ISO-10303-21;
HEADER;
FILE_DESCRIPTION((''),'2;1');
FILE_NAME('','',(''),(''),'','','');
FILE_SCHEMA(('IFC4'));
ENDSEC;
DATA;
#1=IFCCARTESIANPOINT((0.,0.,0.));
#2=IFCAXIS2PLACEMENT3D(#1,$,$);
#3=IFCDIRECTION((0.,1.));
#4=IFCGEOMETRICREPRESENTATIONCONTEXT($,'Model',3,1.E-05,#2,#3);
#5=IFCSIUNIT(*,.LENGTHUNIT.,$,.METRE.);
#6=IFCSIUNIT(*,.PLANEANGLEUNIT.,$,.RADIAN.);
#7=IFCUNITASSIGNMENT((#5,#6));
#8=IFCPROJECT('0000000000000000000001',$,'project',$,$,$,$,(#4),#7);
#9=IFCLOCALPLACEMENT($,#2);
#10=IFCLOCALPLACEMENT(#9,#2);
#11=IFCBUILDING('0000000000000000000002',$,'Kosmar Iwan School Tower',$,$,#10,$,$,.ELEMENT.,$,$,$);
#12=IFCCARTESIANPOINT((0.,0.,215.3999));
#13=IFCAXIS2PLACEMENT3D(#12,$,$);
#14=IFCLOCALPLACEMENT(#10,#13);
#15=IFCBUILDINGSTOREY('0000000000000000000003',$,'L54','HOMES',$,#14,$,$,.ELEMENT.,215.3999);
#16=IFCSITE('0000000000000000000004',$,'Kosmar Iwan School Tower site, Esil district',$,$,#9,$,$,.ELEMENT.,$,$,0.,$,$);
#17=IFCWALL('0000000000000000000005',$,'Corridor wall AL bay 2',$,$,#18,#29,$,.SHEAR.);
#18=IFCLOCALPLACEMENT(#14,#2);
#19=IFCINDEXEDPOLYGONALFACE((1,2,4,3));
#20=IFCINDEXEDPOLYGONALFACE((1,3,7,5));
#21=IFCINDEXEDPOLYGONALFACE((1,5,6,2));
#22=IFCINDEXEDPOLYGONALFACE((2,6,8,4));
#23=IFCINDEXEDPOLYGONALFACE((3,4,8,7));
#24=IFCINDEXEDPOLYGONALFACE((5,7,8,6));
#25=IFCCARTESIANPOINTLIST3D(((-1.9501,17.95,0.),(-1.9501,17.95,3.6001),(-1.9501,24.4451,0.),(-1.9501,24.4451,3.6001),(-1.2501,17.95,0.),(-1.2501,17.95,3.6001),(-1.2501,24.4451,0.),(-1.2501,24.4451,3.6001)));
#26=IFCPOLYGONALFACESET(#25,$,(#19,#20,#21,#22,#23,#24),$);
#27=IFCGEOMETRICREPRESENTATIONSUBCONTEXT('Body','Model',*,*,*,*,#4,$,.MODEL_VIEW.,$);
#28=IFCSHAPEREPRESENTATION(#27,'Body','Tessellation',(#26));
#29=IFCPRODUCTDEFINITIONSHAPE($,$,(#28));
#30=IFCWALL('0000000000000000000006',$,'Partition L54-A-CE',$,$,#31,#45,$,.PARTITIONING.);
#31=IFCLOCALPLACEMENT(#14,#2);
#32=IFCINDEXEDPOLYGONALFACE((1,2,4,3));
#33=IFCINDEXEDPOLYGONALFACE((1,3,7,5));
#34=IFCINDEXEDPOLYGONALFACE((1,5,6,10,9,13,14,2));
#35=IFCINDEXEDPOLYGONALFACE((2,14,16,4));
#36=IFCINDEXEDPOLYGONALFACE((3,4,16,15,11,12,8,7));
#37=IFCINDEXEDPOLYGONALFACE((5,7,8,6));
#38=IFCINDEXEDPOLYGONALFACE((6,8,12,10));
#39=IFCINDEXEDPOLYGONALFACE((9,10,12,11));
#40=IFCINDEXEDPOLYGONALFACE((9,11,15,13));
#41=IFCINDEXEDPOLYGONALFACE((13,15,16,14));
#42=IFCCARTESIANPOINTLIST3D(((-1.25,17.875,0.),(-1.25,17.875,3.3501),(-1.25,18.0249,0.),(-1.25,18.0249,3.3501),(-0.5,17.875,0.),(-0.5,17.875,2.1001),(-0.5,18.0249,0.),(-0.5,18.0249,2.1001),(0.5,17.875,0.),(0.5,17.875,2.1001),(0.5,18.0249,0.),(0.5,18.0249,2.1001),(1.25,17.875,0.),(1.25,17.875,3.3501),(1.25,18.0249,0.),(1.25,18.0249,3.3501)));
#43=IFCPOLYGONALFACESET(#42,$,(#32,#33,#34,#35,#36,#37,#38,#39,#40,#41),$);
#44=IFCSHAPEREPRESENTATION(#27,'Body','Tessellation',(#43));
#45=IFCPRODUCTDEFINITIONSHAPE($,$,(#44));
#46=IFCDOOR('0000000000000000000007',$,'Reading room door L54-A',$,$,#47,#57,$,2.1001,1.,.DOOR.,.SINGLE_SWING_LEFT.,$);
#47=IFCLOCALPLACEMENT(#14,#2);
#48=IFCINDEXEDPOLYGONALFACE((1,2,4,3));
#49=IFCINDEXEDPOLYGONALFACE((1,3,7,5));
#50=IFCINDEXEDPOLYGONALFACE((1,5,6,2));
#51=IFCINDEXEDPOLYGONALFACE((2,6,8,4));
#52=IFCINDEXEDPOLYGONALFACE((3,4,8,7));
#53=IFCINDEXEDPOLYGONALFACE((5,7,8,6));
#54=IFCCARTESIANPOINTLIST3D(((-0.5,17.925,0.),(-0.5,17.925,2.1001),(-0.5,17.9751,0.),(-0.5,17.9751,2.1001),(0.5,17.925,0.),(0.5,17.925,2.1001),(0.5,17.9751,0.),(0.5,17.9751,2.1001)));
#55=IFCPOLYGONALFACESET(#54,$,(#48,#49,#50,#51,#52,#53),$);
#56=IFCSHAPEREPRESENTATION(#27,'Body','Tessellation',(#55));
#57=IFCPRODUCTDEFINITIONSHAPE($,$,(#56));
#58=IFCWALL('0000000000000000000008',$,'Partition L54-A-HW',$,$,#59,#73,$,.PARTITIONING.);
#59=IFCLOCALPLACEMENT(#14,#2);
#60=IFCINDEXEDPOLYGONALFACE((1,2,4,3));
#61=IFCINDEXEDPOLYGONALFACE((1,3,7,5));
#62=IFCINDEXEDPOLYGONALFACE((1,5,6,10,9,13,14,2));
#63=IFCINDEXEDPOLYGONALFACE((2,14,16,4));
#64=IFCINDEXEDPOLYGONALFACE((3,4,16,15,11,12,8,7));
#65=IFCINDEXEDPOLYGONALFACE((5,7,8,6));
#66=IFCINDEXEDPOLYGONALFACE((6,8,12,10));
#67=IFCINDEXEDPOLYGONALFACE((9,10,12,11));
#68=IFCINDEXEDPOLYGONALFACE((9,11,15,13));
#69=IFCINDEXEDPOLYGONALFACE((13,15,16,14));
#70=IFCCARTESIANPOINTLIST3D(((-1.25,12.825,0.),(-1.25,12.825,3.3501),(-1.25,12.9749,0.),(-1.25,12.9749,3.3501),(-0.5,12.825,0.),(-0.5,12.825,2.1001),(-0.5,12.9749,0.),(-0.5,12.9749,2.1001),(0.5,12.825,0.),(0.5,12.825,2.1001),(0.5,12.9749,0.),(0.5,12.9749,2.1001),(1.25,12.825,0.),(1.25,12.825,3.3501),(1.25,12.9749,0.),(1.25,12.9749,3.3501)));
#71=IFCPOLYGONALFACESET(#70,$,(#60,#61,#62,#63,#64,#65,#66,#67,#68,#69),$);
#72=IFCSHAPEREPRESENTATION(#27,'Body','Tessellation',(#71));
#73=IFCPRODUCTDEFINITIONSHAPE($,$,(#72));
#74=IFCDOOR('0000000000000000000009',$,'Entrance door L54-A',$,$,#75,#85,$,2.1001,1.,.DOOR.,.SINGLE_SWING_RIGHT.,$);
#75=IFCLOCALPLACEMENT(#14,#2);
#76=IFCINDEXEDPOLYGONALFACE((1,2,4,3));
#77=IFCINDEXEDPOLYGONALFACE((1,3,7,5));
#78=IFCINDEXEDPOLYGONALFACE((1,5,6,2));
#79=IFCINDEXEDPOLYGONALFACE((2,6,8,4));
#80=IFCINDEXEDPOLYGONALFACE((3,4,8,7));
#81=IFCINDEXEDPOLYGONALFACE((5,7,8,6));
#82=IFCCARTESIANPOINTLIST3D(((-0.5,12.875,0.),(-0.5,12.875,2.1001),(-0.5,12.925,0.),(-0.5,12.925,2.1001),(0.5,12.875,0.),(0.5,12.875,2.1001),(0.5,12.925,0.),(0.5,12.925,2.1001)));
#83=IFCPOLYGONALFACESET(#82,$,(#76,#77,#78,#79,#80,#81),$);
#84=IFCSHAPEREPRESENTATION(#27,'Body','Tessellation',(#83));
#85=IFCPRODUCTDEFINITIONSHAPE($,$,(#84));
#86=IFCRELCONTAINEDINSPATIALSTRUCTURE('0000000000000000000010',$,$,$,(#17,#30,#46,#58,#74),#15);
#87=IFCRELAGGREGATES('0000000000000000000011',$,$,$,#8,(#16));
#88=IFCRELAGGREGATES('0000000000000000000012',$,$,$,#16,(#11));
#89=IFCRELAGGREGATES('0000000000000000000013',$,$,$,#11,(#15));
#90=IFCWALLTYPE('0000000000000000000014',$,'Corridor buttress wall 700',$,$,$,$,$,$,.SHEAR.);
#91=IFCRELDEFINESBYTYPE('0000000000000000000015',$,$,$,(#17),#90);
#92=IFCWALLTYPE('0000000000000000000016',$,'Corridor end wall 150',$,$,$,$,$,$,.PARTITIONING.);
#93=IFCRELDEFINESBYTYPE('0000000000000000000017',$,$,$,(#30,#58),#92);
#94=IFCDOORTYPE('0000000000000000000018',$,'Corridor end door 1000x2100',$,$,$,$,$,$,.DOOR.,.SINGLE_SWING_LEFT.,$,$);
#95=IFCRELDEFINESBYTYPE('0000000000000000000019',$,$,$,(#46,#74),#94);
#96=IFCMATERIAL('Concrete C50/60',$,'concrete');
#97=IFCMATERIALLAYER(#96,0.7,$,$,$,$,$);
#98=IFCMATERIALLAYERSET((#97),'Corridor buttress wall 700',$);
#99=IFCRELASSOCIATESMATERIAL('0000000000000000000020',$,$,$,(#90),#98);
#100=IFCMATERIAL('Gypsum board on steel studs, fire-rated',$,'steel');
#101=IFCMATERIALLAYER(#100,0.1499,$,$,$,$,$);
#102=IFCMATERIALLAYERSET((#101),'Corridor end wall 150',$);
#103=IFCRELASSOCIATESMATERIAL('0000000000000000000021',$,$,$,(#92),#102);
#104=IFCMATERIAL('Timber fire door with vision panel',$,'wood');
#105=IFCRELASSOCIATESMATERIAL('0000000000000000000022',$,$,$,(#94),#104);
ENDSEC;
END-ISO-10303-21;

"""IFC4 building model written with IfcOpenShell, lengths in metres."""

from ifc_helpers import new_model, si_unit, direction, frame, frame_2d, origin, place, context, subcontext, project, spatial, rectangle, extrude, material, layer, layer_set, type_object, element, fill, save


model = new_model("IFC4")

# Units and contexts
model_context = context("Model", 3, precision=1e-05, world=origin(), true_north=direction((0.0, 1.0)))
body_context = subcontext(model_context, "Body", "Model", "MODEL_VIEW")
ifc_project = project(units=[si_unit("LENGTHUNIT", "METRE"), si_unit("PLANEANGLEUNIT", "RADIAN")], contexts=[model_context])

# Site, building, storey
site_placement = place(None, origin())
site = spatial("IfcSite", under=ifc_project, at=site_placement, Name="Kosmar Iwan School Tower site, Esil district", CompositionType="ELEMENT", RefElevation=0.0)
building_placement = place(site_placement, origin())
building = spatial("IfcBuilding", under=site, at=building_placement, Name="Kosmar Iwan School Tower", CompositionType="ELEMENT")
storey_placement = place(building_placement, frame((0.0, 0.0, 215.3999)))
storey = spatial("IfcBuildingStorey", under=building, at=storey_placement, Name="L54", Description="HOMES", CompositionType="ELEMENT", Elevation=215.3999)

# Wall
ifc_material_1 = material(Name="Concrete C50/60", Category="concrete")
ifc_layer_1 = layer(ifc_material_1, 0.7)
ifc_layer_set_1 = layer_set([ifc_layer_1], Name="Corridor buttress wall 700")
wall_type_1 = type_object("IfcWallType", Name="Corridor buttress wall 700", PredefinedType="SHEAR", material=ifc_layer_set_1)
wall_1_placement = place(storey_placement, frame((-1.6001, 17.95, 0.0), z_axis=(0.0, 0.0, 1.0), x_axis=(0.0, 1.0, 0.0)))
element("IfcWall", 1, at=wall_1_placement, inside=storey, type_object=wall_type_1, Name="Corridor wall AL bay 2", PredefinedType="SHEAR", context=body_context, shape_type="SweptSolid", body=[
    extrude(rectangle(XDim=6.4951, YDim=0.7, at=frame_2d((3.2476, 0.0))), origin(), (0.0, 0.0, 1.0), 3.6001),
])

# Walls, openings, doors
ifc_material_2 = material(Name="Gypsum board on steel studs, fire-rated", Category="steel")
ifc_layer_2 = layer(ifc_material_2, 0.1499)
ifc_layer_set_2 = layer_set([ifc_layer_2], Name="Corridor end wall 150")
wall_type_2 = type_object("IfcWallType", Name="Corridor end wall 150", PredefinedType="PARTITIONING", material=ifc_layer_set_2)
wall_2_placement = place(storey_placement, frame((1.25, 17.95, 0.0), z_axis=(0.0, 0.0, 1.0), x_axis=(-1.0, 0.0, 0.0)))
wall_2 = element("IfcWall", 2, at=wall_2_placement, inside=storey, type_object=wall_type_2, Name="Partition L54-A-CE", PredefinedType="PARTITIONING", context=body_context, shape_type="SweptSolid", body=[
    extrude(rectangle(XDim=2.5, YDim=0.1499, at=frame_2d((1.25, 0.0))), origin(), (0.0, 0.0, 1.0), 3.3501),
])
opening_1_placement = place(wall_2_placement, frame((0.75, 0.0, 0.0)))
opening_1 = element("IfcOpeningElement", 3, at=opening_1_placement, cuts=wall_2, PredefinedType="OPENING", context=body_context, shape_type="SweptSolid", body=[
    extrude(rectangle(XDim=1.0, YDim=2.1001, at=frame_2d((0.5, 1.05))), frame((0.0, 0.0869, 0.0), z_axis=(0.0, -1.0, 0.0), x_axis=(1.0, 0.0, 0.0)), (0.0, 0.0, 1.0), 0.1738),
])
ifc_material_3 = material(Name="Timber fire door with vision panel", Category="wood")
door_type_1 = type_object("IfcDoorType", Name="Corridor end door 1000x2100", OperationType="SINGLE_SWING_LEFT", PredefinedType="DOOR", material=ifc_material_3)
door_1_placement = place(opening_1_placement, origin())
door_1 = element("IfcDoor", 4, at=door_1_placement, inside=storey, type_object=door_type_1, Name="Reading room door L54-A", OperationType="SINGLE_SWING_LEFT", OverallHeight=2.1001, OverallWidth=1.0, PredefinedType="DOOR", context=body_context, shape_type="SweptSolid", body=[
    extrude(rectangle(XDim=1.0, YDim=2.1001, at=frame_2d((0.5, 1.05))), frame((0.0, 0.0249, 0.0), z_axis=(0.0, -1.0, 0.0), x_axis=(1.0, 0.0, 0.0)), (0.0, 0.0, 1.0), 0.05),
])
fill(opening_1, door_1)
wall_3_placement = place(storey_placement, frame((1.25, 12.8999, 0.0), z_axis=(0.0, 0.0, 1.0), x_axis=(-1.0, 0.0, 0.0)))
wall_3 = element("IfcWall", 5, at=wall_3_placement, inside=storey, type_object=wall_type_2, Name="Partition L54-A-HW", PredefinedType="PARTITIONING", context=body_context, shape_type="SweptSolid", body=[
    extrude(rectangle(XDim=2.5, YDim=0.1499, at=frame_2d((1.25, 0.0))), origin(), (0.0, 0.0, 1.0), 3.3501),
])
opening_2_placement = place(wall_3_placement, frame((0.75, 0.0, 0.0)))
opening_2 = element("IfcOpeningElement", 6, at=opening_2_placement, cuts=wall_3, PredefinedType="OPENING", context=body_context, shape_type="SweptSolid", body=[
    extrude(rectangle(XDim=1.0, YDim=2.1001, at=frame_2d((0.5, 1.05))), frame((0.0, 0.0869, 0.0), z_axis=(0.0, -1.0, 0.0), x_axis=(1.0, 0.0, 0.0)), (0.0, 0.0, 1.0), 0.1738),
])
door_2_placement = place(opening_2_placement, origin())
door_2 = element("IfcDoor", 7, at=door_2_placement, inside=storey, type_object=door_type_1, Name="Entrance door L54-A", OperationType="SINGLE_SWING_RIGHT", OverallHeight=2.1001, OverallWidth=1.0, PredefinedType="DOOR", context=body_context, shape_type="SweptSolid", body=[
    extrude(rectangle(XDim=1.0, YDim=2.1001, at=frame_2d((0.5, 1.05))), frame((0.0, 0.0249, 0.0), z_axis=(0.0, -1.0, 0.0), x_axis=(1.0, 0.0, 0.0)), (0.0, 0.0, 1.0), 0.05),
])
fill(opening_2, door_2)

save(model, "model.ifc")
